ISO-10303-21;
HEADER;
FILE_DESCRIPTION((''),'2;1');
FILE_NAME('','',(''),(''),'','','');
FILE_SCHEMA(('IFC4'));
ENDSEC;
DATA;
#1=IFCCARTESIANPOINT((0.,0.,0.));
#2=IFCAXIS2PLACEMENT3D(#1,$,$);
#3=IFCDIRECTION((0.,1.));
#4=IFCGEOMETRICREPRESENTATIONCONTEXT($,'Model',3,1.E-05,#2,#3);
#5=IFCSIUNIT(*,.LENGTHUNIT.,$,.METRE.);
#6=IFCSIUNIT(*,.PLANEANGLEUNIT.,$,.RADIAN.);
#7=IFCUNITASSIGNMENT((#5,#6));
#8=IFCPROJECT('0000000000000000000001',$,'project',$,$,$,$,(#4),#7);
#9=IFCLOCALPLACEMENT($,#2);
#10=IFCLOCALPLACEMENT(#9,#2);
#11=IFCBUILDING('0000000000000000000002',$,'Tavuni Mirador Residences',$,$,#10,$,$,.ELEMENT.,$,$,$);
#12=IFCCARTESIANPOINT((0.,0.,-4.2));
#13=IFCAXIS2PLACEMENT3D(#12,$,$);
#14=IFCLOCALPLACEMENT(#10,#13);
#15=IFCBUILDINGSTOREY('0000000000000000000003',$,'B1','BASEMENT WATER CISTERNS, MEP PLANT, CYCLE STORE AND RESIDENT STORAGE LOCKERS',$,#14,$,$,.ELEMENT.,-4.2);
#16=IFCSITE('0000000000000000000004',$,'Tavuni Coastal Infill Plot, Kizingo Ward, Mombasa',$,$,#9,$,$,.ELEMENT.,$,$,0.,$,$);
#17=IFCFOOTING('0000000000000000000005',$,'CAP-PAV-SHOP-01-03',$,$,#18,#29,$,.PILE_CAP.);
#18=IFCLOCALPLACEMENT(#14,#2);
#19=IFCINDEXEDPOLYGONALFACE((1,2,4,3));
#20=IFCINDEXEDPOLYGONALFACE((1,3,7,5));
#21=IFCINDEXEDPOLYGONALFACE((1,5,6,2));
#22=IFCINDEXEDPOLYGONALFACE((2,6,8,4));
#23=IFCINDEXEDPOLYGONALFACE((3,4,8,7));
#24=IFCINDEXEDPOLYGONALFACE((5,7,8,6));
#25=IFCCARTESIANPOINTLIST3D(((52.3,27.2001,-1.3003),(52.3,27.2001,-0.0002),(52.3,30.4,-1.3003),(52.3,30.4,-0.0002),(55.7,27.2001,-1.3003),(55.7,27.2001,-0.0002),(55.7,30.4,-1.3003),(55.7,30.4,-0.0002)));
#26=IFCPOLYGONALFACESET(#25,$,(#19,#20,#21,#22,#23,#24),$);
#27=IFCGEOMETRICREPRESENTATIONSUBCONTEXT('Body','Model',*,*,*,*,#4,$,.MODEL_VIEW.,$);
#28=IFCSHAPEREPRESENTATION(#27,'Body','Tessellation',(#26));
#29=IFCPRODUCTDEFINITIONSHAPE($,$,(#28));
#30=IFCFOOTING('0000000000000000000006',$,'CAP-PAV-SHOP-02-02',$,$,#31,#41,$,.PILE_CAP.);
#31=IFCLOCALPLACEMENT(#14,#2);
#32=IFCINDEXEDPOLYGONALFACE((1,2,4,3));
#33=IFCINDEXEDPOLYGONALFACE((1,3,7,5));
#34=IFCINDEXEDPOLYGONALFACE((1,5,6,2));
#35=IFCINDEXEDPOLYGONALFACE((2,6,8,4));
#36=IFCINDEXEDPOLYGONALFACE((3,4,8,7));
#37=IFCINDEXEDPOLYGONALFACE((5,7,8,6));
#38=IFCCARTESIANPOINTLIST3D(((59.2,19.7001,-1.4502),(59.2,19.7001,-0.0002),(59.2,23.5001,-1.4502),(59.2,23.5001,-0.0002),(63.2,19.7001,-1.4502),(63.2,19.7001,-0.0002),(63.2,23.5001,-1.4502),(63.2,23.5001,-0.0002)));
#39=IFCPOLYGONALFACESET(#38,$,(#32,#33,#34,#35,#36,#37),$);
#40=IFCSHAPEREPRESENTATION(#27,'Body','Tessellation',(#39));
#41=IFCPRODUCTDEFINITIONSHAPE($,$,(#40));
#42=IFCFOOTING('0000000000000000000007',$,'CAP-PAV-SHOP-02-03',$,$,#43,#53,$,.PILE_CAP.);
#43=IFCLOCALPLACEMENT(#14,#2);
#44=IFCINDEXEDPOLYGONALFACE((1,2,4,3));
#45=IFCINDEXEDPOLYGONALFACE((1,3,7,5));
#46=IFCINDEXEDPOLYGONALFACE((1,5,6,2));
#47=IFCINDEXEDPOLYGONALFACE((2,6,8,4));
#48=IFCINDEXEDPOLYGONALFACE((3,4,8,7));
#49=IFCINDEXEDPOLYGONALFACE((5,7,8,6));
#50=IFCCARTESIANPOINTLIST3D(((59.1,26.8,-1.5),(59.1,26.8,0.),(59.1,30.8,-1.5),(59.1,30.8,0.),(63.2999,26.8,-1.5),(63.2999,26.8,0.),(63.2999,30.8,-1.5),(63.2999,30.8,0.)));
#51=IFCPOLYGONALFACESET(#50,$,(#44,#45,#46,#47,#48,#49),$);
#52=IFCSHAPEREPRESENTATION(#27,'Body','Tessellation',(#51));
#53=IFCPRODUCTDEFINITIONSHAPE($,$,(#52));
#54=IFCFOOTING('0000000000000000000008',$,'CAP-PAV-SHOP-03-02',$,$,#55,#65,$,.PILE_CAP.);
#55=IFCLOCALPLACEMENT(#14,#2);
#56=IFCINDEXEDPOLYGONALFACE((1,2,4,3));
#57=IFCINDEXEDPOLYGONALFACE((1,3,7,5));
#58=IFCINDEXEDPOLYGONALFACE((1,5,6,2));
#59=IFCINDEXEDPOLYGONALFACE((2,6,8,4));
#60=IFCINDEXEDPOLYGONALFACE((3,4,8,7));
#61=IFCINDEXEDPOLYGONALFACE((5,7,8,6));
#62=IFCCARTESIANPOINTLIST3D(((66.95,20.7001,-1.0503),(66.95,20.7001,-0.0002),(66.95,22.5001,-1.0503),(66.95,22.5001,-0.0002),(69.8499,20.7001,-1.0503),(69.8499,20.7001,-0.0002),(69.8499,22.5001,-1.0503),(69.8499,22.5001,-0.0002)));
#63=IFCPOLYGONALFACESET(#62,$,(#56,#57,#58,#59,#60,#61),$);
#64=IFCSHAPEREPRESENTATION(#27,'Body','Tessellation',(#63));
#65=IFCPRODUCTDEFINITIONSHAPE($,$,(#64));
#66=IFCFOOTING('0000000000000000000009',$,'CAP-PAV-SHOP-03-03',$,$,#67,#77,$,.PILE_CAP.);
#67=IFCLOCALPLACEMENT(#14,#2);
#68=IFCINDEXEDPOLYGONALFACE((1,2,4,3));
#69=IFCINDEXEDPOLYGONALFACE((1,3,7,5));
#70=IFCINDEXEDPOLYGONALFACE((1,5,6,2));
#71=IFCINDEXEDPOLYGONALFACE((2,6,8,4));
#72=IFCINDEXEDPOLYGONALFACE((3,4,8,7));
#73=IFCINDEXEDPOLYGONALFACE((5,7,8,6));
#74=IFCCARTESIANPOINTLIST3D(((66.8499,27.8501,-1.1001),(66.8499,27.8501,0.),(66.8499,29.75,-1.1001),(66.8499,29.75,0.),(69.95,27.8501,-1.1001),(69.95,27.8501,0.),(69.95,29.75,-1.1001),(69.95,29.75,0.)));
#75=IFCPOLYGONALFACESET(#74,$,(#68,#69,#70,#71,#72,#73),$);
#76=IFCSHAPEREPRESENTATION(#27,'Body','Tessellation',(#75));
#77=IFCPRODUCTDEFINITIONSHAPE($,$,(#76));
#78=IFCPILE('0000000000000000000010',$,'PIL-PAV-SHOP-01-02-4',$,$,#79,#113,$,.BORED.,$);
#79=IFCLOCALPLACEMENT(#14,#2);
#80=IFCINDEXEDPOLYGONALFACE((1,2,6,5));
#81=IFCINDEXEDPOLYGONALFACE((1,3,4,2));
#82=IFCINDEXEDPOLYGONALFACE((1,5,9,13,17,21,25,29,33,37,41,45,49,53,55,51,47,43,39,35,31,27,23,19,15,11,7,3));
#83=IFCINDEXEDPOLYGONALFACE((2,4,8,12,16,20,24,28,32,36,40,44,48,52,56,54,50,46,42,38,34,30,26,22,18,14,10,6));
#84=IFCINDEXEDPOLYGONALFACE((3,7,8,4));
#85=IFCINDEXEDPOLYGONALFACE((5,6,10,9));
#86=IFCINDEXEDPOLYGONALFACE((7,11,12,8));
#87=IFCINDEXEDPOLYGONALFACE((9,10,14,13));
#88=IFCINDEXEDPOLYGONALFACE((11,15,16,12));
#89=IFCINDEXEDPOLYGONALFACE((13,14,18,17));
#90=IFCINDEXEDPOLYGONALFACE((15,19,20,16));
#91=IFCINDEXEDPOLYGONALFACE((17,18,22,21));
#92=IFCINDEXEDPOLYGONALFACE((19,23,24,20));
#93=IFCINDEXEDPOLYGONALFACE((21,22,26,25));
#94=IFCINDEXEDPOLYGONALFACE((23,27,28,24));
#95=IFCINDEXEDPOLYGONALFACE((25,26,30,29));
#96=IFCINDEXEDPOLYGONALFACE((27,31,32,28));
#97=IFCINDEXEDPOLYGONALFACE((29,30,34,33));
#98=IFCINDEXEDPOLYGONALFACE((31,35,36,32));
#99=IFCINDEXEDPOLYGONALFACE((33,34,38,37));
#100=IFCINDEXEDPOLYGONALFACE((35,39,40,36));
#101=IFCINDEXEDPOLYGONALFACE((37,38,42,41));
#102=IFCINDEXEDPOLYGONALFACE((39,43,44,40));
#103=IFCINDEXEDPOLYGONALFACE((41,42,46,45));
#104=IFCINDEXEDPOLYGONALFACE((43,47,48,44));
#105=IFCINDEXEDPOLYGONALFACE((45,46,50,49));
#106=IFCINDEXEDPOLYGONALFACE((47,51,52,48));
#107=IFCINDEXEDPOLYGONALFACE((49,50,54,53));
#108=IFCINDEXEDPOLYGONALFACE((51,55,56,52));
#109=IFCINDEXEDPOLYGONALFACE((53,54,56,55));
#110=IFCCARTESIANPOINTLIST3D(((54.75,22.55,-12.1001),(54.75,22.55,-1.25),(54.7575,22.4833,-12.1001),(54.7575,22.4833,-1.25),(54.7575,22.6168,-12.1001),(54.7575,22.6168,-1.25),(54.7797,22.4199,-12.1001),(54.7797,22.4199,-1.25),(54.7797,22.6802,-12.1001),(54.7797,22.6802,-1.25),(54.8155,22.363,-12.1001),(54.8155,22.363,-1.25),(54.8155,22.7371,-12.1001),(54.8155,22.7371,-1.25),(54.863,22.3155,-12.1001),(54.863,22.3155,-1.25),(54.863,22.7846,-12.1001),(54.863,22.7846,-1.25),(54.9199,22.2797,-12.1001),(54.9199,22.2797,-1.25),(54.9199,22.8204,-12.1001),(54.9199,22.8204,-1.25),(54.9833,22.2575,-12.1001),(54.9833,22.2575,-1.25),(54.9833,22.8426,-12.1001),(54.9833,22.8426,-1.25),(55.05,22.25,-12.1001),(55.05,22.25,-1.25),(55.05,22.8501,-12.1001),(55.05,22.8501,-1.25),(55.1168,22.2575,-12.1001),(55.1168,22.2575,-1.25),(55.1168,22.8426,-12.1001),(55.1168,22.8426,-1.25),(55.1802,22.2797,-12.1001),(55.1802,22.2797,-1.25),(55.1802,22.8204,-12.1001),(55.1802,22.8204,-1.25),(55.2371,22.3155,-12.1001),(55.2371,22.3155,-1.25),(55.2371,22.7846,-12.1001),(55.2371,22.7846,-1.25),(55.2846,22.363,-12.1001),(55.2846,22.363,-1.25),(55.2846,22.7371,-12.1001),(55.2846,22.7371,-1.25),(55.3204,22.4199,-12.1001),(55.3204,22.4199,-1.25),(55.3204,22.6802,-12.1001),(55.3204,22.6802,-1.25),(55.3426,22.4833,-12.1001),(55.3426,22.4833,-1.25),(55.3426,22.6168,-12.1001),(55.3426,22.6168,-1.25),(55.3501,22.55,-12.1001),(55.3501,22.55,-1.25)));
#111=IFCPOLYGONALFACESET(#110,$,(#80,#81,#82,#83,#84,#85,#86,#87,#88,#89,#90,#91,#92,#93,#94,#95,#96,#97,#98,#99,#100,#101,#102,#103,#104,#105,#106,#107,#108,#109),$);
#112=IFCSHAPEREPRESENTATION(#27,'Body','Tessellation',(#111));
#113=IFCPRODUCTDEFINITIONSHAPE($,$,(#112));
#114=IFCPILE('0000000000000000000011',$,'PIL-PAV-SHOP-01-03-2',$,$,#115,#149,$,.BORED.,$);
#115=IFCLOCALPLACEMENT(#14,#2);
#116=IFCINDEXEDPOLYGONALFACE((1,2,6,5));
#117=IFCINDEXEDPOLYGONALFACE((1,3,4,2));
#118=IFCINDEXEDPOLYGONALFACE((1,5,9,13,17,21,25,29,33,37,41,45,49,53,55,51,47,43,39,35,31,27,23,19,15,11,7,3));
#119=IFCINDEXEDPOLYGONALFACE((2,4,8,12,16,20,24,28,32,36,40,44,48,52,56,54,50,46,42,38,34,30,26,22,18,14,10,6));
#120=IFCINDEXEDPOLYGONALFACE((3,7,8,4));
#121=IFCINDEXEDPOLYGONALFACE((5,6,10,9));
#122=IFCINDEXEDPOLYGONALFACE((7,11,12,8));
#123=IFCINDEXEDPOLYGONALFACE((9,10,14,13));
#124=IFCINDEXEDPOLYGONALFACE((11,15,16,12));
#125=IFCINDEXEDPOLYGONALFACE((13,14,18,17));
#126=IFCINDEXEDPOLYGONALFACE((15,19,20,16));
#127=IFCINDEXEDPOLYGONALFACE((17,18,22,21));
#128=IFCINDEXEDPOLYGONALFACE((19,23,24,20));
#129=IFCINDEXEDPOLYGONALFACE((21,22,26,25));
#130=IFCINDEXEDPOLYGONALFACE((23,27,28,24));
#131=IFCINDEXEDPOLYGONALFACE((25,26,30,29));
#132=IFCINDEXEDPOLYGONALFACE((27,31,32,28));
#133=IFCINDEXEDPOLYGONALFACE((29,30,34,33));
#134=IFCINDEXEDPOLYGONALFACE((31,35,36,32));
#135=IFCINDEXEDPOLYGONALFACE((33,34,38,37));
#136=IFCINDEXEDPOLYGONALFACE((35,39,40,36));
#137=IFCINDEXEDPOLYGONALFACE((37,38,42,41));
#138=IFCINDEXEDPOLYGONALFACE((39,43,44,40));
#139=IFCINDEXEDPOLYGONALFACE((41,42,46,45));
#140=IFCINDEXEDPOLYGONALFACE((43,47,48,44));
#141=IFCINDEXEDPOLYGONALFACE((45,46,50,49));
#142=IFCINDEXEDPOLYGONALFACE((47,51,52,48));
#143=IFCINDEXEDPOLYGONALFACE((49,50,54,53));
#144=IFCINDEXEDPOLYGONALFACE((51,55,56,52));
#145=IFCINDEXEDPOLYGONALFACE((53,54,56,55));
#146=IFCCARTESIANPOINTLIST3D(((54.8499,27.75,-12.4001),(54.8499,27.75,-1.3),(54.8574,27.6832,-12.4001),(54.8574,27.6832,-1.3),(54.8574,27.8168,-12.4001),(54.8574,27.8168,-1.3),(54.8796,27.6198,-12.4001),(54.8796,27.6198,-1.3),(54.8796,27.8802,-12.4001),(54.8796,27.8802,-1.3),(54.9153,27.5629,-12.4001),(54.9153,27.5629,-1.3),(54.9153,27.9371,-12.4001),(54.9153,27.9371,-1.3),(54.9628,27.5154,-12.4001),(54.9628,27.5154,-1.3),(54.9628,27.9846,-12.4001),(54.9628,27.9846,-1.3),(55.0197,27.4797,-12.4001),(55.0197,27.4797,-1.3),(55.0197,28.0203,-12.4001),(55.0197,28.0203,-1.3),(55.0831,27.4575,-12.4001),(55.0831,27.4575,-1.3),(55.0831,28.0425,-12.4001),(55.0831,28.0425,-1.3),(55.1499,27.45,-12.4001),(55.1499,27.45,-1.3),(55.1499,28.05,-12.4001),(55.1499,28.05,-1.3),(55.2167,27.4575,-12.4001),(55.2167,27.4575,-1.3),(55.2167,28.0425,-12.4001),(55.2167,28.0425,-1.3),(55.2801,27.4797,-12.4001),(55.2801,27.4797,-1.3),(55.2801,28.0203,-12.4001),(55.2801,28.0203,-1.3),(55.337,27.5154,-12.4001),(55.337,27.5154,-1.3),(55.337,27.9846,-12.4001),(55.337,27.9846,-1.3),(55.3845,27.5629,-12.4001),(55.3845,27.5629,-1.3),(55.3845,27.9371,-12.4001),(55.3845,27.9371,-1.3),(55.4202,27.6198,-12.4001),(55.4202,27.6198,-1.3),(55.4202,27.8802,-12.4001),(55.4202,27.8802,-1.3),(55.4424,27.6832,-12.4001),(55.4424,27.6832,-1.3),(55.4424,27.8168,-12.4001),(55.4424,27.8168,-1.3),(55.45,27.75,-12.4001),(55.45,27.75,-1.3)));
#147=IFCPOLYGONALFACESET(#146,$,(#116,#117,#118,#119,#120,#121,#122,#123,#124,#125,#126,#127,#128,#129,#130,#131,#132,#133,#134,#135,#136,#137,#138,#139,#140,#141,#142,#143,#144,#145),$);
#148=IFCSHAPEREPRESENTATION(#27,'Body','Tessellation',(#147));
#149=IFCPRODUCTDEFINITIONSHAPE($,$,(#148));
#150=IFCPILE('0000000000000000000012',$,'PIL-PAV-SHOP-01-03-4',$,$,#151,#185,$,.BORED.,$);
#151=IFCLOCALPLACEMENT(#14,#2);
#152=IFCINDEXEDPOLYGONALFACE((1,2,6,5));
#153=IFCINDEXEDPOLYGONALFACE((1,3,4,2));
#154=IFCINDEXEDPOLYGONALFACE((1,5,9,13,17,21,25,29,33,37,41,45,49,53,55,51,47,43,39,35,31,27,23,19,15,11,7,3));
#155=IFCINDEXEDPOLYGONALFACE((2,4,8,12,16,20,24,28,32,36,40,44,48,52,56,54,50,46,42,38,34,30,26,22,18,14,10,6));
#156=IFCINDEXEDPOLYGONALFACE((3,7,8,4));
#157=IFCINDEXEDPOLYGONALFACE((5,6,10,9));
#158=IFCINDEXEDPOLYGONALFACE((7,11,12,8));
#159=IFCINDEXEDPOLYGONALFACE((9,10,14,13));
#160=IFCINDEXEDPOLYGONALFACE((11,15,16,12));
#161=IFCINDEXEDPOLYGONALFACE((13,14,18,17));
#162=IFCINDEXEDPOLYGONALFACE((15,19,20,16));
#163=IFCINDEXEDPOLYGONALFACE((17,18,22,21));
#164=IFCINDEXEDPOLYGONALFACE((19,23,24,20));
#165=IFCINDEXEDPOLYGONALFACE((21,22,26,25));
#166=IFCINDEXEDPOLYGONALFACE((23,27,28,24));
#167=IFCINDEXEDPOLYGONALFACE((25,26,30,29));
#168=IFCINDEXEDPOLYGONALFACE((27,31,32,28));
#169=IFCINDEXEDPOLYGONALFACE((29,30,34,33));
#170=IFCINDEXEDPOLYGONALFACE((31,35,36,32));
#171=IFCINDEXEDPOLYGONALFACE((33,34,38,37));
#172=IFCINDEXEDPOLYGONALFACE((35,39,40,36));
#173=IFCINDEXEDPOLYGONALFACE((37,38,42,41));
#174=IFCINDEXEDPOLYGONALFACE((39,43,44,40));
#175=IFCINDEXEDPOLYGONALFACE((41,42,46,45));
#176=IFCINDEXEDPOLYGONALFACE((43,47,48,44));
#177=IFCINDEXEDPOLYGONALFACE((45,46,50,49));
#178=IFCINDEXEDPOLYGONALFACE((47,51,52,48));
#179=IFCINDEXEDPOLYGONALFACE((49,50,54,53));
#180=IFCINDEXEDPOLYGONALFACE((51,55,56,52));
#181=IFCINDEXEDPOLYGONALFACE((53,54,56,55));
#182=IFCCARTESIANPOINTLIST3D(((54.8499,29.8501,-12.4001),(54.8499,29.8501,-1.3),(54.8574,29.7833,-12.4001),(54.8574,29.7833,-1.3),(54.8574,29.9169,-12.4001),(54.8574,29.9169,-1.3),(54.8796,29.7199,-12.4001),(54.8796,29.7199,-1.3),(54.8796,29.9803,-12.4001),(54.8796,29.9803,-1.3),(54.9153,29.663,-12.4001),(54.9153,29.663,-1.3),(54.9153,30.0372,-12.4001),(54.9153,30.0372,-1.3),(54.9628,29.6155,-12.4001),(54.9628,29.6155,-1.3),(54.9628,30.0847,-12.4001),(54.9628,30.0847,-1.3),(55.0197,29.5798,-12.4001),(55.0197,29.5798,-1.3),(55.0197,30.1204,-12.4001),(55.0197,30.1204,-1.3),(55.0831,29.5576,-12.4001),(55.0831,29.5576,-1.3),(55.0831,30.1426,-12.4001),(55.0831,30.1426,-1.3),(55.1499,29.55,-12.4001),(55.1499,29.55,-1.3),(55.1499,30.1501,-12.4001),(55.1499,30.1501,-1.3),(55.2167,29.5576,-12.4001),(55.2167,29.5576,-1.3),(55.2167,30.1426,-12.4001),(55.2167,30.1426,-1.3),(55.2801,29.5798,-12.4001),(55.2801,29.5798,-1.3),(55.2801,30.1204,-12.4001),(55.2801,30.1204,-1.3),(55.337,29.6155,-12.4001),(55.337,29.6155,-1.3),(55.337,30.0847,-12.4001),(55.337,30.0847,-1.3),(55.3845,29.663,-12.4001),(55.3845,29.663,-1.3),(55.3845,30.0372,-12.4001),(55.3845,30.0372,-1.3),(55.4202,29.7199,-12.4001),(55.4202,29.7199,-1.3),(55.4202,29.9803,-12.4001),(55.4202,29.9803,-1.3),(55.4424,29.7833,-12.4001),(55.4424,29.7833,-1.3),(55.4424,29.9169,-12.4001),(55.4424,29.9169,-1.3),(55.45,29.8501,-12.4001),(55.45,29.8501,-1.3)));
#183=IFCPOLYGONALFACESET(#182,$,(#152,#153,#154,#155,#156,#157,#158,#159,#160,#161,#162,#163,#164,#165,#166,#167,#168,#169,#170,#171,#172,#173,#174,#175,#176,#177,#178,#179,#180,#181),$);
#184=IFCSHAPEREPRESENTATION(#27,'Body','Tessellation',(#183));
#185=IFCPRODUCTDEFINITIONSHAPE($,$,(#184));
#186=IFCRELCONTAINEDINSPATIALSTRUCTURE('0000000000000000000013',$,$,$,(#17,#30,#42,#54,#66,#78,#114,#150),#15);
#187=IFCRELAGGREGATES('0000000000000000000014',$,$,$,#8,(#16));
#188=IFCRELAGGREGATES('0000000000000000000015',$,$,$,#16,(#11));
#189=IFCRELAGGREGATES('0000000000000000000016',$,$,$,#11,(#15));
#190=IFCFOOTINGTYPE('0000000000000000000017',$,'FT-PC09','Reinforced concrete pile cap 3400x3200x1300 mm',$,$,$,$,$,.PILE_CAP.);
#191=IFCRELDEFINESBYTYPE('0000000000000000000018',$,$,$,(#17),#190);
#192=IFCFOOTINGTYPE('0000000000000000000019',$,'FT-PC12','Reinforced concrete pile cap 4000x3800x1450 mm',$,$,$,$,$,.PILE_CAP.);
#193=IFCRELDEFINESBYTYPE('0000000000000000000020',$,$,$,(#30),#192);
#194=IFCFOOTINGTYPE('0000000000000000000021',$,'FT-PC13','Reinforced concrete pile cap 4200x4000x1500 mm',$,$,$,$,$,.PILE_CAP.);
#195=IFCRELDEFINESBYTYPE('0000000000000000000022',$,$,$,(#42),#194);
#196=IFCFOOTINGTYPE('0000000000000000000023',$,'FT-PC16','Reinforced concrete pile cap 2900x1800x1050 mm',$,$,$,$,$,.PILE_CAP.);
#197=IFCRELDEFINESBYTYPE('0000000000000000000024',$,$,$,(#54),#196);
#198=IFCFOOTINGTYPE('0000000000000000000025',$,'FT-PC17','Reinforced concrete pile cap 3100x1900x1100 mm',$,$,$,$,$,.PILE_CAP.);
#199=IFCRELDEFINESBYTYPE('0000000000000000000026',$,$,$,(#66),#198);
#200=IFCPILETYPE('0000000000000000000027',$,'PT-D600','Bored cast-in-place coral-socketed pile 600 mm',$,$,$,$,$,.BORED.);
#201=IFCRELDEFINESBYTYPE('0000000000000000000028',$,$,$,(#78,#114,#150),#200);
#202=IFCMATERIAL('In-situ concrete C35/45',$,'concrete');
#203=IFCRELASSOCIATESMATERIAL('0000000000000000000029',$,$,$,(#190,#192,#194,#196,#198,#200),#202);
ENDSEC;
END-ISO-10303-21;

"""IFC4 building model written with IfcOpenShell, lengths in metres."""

from ifc_helpers import new_model, si_unit, direction, frame, origin, origin_2d, place, context, subcontext, project, spatial, rectangle, circle, extrude, material, material_profile, profile_set, type_object, element, save


model = new_model("IFC4")

# Units and contexts
model_context = context("Model", 3, precision=1e-05, world=origin(), true_north=direction((0.0, 1.0)))
body_context = subcontext(model_context, "Body", "Model", "MODEL_VIEW")
ifc_project = project(units=[si_unit("LENGTHUNIT", "METRE"), si_unit("PLANEANGLEUNIT", "RADIAN")], contexts=[model_context])

# Site, building, storey
site_placement = place(None, origin())
site = spatial("IfcSite", under=ifc_project, at=site_placement, Name="Tavuni Coastal Infill Plot, Kizingo Ward, Mombasa", CompositionType="ELEMENT", RefElevation=0.0)
building_placement = place(site_placement, origin())
building = spatial("IfcBuilding", under=site, at=building_placement, Name="Tavuni Mirador Residences", CompositionType="ELEMENT")
storey_placement = place(building_placement, frame((0.0, 0.0, -4.2)))
storey = spatial("IfcBuildingStorey", under=building, at=storey_placement, Name="B1", Description="BASEMENT WATER CISTERNS, MEP PLANT, CYCLE STORE AND RESIDENT STORAGE LOCKERS", CompositionType="ELEMENT", Elevation=-4.2)

# Footings
ifc_material_1 = material(Name="In-situ concrete C35/45", Category="concrete")
footing_type_1 = type_object("IfcFootingType", Name="FT-PC09", Description="Reinforced concrete pile cap 3400x3200x1300 mm", PredefinedType="PILE_CAP", material=ifc_material_1)
footing_1_placement = place(storey_placement, frame((54.0, 28.8, -1.3003), z_axis=(0.0, 0.0, 1.0), x_axis=(1.0, 0.0, 0.0)))
element("IfcFooting", 1, at=footing_1_placement, inside=storey, type_object=footing_type_1, Name="CAP-PAV-SHOP-01-03", PredefinedType="PILE_CAP", context=body_context, shape_type="SweptSolid", body=[
    extrude(rectangle(XDim=3.3999, YDim=3.2, at=origin_2d()), origin(), (0.0, 0.0, 1.0), 1.3),
])
footing_type_2 = type_object("IfcFootingType", Name="FT-PC12", Description="Reinforced concrete pile cap 4000x3800x1450 mm", PredefinedType="PILE_CAP", material=ifc_material_1)
footing_2_placement = place(storey_placement, frame((61.2, 21.6001, -1.4502), z_axis=(0.0, 0.0, 1.0), x_axis=(1.0, 0.0, 0.0)))
element("IfcFooting", 2, at=footing_2_placement, inside=storey, type_object=footing_type_2, Name="CAP-PAV-SHOP-02-02", PredefinedType="PILE_CAP", context=body_context, shape_type="SweptSolid", body=[
    extrude(rectangle(XDim=4.0, YDim=3.8, at=origin_2d()), origin(), (0.0, 0.0, 1.0), 1.45),
])
footing_type_3 = type_object("IfcFootingType", Name="FT-PC13", Description="Reinforced concrete pile cap 4200x4000x1500 mm", PredefinedType="PILE_CAP", material=ifc_material_1)
footing_3_placement = place(storey_placement, frame((61.2, 28.8, -1.5), z_axis=(0.0, 0.0, 1.0), x_axis=(1.0, 0.0, 0.0)))
element("IfcFooting", 3, at=footing_3_placement, inside=storey, type_object=footing_type_3, Name="CAP-PAV-SHOP-02-03", PredefinedType="PILE_CAP", context=body_context, shape_type="SweptSolid", body=[
    extrude(rectangle(XDim=4.2, YDim=4.0, at=origin_2d()), origin(), (0.0, 0.0, 1.0), 1.5),
])
footing_type_4 = type_object("IfcFootingType", Name="FT-PC16", Description="Reinforced concrete pile cap 2900x1800x1050 mm", PredefinedType="PILE_CAP", material=ifc_material_1)
footing_4_placement = place(storey_placement, frame((68.3999, 21.6001, -1.0503), z_axis=(0.0, 0.0, 1.0), x_axis=(1.0, 0.0, 0.0)))
element("IfcFooting", 4, at=footing_4_placement, inside=storey, type_object=footing_type_4, Name="CAP-PAV-SHOP-03-02", PredefinedType="PILE_CAP", context=body_context, shape_type="SweptSolid", body=[
    extrude(rectangle(XDim=2.8999, YDim=1.8, at=origin_2d()), origin(), (0.0, 0.0, 1.0), 1.05),
])
footing_type_5 = type_object("IfcFootingType", Name="FT-PC17", Description="Reinforced concrete pile cap 3100x1900x1100 mm", PredefinedType="PILE_CAP", material=ifc_material_1)
footing_5_placement = place(storey_placement, frame((68.3999, 28.8, -1.1001), z_axis=(0.0, 0.0, 1.0), x_axis=(1.0, 0.0, 0.0)))
element("IfcFooting", 5, at=footing_5_placement, inside=storey, type_object=footing_type_5, Name="CAP-PAV-SHOP-03-03", PredefinedType="PILE_CAP", context=body_context, shape_type="SweptSolid", body=[
    extrude(rectangle(XDim=3.1001, YDim=1.8999, at=origin_2d()), origin(), (0.0, 0.0, 1.0), 1.1001),
])

# Piles
ifc_material_profile_1 = material_profile(ifc_material_1, circle(Radius=0.3, at=origin_2d()), Name="PILE D600", Category="concrete")
ifc_profile_set_1 = profile_set([ifc_material_profile_1], Name="In-situ concrete C35/45")
pile_type_1 = type_object("IfcPileType", Name="PT-D600", Description="Bored cast-in-place coral-socketed pile 600 mm", PredefinedType="BORED", material=ifc_profile_set_1)
pile_placement = place(storey_placement, frame((55.05, 22.55, -1.25), z_axis=(0.0, 0.0, -1.0), x_axis=(1.0, 0.0, 0.0)))
element("IfcPile", 6, at=pile_placement, inside=storey, type_object=pile_type_1, Name="PIL-PAV-SHOP-01-02-4", PredefinedType="BORED", context=body_context, shape_type="SweptSolid", body=[
    extrude(circle(Radius=0.3, at=origin_2d()), origin(), (0.0, 0.0, 1.0), 10.8501),
])
for number, where, z_axis, x_axis, name in (
    (7, (55.1499, 27.75, -1.3), (0.0, 0.0, -1.0), (1.0, 0.0, 0.0), "PIL-PAV-SHOP-01-03-2"),
    (8, (55.1499, 29.8501, -1.3), (0.0, 0.0, -1.0), (1.0, 0.0, 0.0), "PIL-PAV-SHOP-01-03-4"),
):
    element("IfcPile", number, at=place(storey_placement, frame(where, z_axis=z_axis, x_axis=x_axis)), inside=storey, type_object=pile_type_1, Name=name, PredefinedType="BORED", context=body_context, shape_type="SweptSolid", body=[
        extrude(circle(Radius=0.3, at=origin_2d()), origin(), (0.0, 0.0, 1.0), 11.1001),
    ])

save(model, "model.ifc")
